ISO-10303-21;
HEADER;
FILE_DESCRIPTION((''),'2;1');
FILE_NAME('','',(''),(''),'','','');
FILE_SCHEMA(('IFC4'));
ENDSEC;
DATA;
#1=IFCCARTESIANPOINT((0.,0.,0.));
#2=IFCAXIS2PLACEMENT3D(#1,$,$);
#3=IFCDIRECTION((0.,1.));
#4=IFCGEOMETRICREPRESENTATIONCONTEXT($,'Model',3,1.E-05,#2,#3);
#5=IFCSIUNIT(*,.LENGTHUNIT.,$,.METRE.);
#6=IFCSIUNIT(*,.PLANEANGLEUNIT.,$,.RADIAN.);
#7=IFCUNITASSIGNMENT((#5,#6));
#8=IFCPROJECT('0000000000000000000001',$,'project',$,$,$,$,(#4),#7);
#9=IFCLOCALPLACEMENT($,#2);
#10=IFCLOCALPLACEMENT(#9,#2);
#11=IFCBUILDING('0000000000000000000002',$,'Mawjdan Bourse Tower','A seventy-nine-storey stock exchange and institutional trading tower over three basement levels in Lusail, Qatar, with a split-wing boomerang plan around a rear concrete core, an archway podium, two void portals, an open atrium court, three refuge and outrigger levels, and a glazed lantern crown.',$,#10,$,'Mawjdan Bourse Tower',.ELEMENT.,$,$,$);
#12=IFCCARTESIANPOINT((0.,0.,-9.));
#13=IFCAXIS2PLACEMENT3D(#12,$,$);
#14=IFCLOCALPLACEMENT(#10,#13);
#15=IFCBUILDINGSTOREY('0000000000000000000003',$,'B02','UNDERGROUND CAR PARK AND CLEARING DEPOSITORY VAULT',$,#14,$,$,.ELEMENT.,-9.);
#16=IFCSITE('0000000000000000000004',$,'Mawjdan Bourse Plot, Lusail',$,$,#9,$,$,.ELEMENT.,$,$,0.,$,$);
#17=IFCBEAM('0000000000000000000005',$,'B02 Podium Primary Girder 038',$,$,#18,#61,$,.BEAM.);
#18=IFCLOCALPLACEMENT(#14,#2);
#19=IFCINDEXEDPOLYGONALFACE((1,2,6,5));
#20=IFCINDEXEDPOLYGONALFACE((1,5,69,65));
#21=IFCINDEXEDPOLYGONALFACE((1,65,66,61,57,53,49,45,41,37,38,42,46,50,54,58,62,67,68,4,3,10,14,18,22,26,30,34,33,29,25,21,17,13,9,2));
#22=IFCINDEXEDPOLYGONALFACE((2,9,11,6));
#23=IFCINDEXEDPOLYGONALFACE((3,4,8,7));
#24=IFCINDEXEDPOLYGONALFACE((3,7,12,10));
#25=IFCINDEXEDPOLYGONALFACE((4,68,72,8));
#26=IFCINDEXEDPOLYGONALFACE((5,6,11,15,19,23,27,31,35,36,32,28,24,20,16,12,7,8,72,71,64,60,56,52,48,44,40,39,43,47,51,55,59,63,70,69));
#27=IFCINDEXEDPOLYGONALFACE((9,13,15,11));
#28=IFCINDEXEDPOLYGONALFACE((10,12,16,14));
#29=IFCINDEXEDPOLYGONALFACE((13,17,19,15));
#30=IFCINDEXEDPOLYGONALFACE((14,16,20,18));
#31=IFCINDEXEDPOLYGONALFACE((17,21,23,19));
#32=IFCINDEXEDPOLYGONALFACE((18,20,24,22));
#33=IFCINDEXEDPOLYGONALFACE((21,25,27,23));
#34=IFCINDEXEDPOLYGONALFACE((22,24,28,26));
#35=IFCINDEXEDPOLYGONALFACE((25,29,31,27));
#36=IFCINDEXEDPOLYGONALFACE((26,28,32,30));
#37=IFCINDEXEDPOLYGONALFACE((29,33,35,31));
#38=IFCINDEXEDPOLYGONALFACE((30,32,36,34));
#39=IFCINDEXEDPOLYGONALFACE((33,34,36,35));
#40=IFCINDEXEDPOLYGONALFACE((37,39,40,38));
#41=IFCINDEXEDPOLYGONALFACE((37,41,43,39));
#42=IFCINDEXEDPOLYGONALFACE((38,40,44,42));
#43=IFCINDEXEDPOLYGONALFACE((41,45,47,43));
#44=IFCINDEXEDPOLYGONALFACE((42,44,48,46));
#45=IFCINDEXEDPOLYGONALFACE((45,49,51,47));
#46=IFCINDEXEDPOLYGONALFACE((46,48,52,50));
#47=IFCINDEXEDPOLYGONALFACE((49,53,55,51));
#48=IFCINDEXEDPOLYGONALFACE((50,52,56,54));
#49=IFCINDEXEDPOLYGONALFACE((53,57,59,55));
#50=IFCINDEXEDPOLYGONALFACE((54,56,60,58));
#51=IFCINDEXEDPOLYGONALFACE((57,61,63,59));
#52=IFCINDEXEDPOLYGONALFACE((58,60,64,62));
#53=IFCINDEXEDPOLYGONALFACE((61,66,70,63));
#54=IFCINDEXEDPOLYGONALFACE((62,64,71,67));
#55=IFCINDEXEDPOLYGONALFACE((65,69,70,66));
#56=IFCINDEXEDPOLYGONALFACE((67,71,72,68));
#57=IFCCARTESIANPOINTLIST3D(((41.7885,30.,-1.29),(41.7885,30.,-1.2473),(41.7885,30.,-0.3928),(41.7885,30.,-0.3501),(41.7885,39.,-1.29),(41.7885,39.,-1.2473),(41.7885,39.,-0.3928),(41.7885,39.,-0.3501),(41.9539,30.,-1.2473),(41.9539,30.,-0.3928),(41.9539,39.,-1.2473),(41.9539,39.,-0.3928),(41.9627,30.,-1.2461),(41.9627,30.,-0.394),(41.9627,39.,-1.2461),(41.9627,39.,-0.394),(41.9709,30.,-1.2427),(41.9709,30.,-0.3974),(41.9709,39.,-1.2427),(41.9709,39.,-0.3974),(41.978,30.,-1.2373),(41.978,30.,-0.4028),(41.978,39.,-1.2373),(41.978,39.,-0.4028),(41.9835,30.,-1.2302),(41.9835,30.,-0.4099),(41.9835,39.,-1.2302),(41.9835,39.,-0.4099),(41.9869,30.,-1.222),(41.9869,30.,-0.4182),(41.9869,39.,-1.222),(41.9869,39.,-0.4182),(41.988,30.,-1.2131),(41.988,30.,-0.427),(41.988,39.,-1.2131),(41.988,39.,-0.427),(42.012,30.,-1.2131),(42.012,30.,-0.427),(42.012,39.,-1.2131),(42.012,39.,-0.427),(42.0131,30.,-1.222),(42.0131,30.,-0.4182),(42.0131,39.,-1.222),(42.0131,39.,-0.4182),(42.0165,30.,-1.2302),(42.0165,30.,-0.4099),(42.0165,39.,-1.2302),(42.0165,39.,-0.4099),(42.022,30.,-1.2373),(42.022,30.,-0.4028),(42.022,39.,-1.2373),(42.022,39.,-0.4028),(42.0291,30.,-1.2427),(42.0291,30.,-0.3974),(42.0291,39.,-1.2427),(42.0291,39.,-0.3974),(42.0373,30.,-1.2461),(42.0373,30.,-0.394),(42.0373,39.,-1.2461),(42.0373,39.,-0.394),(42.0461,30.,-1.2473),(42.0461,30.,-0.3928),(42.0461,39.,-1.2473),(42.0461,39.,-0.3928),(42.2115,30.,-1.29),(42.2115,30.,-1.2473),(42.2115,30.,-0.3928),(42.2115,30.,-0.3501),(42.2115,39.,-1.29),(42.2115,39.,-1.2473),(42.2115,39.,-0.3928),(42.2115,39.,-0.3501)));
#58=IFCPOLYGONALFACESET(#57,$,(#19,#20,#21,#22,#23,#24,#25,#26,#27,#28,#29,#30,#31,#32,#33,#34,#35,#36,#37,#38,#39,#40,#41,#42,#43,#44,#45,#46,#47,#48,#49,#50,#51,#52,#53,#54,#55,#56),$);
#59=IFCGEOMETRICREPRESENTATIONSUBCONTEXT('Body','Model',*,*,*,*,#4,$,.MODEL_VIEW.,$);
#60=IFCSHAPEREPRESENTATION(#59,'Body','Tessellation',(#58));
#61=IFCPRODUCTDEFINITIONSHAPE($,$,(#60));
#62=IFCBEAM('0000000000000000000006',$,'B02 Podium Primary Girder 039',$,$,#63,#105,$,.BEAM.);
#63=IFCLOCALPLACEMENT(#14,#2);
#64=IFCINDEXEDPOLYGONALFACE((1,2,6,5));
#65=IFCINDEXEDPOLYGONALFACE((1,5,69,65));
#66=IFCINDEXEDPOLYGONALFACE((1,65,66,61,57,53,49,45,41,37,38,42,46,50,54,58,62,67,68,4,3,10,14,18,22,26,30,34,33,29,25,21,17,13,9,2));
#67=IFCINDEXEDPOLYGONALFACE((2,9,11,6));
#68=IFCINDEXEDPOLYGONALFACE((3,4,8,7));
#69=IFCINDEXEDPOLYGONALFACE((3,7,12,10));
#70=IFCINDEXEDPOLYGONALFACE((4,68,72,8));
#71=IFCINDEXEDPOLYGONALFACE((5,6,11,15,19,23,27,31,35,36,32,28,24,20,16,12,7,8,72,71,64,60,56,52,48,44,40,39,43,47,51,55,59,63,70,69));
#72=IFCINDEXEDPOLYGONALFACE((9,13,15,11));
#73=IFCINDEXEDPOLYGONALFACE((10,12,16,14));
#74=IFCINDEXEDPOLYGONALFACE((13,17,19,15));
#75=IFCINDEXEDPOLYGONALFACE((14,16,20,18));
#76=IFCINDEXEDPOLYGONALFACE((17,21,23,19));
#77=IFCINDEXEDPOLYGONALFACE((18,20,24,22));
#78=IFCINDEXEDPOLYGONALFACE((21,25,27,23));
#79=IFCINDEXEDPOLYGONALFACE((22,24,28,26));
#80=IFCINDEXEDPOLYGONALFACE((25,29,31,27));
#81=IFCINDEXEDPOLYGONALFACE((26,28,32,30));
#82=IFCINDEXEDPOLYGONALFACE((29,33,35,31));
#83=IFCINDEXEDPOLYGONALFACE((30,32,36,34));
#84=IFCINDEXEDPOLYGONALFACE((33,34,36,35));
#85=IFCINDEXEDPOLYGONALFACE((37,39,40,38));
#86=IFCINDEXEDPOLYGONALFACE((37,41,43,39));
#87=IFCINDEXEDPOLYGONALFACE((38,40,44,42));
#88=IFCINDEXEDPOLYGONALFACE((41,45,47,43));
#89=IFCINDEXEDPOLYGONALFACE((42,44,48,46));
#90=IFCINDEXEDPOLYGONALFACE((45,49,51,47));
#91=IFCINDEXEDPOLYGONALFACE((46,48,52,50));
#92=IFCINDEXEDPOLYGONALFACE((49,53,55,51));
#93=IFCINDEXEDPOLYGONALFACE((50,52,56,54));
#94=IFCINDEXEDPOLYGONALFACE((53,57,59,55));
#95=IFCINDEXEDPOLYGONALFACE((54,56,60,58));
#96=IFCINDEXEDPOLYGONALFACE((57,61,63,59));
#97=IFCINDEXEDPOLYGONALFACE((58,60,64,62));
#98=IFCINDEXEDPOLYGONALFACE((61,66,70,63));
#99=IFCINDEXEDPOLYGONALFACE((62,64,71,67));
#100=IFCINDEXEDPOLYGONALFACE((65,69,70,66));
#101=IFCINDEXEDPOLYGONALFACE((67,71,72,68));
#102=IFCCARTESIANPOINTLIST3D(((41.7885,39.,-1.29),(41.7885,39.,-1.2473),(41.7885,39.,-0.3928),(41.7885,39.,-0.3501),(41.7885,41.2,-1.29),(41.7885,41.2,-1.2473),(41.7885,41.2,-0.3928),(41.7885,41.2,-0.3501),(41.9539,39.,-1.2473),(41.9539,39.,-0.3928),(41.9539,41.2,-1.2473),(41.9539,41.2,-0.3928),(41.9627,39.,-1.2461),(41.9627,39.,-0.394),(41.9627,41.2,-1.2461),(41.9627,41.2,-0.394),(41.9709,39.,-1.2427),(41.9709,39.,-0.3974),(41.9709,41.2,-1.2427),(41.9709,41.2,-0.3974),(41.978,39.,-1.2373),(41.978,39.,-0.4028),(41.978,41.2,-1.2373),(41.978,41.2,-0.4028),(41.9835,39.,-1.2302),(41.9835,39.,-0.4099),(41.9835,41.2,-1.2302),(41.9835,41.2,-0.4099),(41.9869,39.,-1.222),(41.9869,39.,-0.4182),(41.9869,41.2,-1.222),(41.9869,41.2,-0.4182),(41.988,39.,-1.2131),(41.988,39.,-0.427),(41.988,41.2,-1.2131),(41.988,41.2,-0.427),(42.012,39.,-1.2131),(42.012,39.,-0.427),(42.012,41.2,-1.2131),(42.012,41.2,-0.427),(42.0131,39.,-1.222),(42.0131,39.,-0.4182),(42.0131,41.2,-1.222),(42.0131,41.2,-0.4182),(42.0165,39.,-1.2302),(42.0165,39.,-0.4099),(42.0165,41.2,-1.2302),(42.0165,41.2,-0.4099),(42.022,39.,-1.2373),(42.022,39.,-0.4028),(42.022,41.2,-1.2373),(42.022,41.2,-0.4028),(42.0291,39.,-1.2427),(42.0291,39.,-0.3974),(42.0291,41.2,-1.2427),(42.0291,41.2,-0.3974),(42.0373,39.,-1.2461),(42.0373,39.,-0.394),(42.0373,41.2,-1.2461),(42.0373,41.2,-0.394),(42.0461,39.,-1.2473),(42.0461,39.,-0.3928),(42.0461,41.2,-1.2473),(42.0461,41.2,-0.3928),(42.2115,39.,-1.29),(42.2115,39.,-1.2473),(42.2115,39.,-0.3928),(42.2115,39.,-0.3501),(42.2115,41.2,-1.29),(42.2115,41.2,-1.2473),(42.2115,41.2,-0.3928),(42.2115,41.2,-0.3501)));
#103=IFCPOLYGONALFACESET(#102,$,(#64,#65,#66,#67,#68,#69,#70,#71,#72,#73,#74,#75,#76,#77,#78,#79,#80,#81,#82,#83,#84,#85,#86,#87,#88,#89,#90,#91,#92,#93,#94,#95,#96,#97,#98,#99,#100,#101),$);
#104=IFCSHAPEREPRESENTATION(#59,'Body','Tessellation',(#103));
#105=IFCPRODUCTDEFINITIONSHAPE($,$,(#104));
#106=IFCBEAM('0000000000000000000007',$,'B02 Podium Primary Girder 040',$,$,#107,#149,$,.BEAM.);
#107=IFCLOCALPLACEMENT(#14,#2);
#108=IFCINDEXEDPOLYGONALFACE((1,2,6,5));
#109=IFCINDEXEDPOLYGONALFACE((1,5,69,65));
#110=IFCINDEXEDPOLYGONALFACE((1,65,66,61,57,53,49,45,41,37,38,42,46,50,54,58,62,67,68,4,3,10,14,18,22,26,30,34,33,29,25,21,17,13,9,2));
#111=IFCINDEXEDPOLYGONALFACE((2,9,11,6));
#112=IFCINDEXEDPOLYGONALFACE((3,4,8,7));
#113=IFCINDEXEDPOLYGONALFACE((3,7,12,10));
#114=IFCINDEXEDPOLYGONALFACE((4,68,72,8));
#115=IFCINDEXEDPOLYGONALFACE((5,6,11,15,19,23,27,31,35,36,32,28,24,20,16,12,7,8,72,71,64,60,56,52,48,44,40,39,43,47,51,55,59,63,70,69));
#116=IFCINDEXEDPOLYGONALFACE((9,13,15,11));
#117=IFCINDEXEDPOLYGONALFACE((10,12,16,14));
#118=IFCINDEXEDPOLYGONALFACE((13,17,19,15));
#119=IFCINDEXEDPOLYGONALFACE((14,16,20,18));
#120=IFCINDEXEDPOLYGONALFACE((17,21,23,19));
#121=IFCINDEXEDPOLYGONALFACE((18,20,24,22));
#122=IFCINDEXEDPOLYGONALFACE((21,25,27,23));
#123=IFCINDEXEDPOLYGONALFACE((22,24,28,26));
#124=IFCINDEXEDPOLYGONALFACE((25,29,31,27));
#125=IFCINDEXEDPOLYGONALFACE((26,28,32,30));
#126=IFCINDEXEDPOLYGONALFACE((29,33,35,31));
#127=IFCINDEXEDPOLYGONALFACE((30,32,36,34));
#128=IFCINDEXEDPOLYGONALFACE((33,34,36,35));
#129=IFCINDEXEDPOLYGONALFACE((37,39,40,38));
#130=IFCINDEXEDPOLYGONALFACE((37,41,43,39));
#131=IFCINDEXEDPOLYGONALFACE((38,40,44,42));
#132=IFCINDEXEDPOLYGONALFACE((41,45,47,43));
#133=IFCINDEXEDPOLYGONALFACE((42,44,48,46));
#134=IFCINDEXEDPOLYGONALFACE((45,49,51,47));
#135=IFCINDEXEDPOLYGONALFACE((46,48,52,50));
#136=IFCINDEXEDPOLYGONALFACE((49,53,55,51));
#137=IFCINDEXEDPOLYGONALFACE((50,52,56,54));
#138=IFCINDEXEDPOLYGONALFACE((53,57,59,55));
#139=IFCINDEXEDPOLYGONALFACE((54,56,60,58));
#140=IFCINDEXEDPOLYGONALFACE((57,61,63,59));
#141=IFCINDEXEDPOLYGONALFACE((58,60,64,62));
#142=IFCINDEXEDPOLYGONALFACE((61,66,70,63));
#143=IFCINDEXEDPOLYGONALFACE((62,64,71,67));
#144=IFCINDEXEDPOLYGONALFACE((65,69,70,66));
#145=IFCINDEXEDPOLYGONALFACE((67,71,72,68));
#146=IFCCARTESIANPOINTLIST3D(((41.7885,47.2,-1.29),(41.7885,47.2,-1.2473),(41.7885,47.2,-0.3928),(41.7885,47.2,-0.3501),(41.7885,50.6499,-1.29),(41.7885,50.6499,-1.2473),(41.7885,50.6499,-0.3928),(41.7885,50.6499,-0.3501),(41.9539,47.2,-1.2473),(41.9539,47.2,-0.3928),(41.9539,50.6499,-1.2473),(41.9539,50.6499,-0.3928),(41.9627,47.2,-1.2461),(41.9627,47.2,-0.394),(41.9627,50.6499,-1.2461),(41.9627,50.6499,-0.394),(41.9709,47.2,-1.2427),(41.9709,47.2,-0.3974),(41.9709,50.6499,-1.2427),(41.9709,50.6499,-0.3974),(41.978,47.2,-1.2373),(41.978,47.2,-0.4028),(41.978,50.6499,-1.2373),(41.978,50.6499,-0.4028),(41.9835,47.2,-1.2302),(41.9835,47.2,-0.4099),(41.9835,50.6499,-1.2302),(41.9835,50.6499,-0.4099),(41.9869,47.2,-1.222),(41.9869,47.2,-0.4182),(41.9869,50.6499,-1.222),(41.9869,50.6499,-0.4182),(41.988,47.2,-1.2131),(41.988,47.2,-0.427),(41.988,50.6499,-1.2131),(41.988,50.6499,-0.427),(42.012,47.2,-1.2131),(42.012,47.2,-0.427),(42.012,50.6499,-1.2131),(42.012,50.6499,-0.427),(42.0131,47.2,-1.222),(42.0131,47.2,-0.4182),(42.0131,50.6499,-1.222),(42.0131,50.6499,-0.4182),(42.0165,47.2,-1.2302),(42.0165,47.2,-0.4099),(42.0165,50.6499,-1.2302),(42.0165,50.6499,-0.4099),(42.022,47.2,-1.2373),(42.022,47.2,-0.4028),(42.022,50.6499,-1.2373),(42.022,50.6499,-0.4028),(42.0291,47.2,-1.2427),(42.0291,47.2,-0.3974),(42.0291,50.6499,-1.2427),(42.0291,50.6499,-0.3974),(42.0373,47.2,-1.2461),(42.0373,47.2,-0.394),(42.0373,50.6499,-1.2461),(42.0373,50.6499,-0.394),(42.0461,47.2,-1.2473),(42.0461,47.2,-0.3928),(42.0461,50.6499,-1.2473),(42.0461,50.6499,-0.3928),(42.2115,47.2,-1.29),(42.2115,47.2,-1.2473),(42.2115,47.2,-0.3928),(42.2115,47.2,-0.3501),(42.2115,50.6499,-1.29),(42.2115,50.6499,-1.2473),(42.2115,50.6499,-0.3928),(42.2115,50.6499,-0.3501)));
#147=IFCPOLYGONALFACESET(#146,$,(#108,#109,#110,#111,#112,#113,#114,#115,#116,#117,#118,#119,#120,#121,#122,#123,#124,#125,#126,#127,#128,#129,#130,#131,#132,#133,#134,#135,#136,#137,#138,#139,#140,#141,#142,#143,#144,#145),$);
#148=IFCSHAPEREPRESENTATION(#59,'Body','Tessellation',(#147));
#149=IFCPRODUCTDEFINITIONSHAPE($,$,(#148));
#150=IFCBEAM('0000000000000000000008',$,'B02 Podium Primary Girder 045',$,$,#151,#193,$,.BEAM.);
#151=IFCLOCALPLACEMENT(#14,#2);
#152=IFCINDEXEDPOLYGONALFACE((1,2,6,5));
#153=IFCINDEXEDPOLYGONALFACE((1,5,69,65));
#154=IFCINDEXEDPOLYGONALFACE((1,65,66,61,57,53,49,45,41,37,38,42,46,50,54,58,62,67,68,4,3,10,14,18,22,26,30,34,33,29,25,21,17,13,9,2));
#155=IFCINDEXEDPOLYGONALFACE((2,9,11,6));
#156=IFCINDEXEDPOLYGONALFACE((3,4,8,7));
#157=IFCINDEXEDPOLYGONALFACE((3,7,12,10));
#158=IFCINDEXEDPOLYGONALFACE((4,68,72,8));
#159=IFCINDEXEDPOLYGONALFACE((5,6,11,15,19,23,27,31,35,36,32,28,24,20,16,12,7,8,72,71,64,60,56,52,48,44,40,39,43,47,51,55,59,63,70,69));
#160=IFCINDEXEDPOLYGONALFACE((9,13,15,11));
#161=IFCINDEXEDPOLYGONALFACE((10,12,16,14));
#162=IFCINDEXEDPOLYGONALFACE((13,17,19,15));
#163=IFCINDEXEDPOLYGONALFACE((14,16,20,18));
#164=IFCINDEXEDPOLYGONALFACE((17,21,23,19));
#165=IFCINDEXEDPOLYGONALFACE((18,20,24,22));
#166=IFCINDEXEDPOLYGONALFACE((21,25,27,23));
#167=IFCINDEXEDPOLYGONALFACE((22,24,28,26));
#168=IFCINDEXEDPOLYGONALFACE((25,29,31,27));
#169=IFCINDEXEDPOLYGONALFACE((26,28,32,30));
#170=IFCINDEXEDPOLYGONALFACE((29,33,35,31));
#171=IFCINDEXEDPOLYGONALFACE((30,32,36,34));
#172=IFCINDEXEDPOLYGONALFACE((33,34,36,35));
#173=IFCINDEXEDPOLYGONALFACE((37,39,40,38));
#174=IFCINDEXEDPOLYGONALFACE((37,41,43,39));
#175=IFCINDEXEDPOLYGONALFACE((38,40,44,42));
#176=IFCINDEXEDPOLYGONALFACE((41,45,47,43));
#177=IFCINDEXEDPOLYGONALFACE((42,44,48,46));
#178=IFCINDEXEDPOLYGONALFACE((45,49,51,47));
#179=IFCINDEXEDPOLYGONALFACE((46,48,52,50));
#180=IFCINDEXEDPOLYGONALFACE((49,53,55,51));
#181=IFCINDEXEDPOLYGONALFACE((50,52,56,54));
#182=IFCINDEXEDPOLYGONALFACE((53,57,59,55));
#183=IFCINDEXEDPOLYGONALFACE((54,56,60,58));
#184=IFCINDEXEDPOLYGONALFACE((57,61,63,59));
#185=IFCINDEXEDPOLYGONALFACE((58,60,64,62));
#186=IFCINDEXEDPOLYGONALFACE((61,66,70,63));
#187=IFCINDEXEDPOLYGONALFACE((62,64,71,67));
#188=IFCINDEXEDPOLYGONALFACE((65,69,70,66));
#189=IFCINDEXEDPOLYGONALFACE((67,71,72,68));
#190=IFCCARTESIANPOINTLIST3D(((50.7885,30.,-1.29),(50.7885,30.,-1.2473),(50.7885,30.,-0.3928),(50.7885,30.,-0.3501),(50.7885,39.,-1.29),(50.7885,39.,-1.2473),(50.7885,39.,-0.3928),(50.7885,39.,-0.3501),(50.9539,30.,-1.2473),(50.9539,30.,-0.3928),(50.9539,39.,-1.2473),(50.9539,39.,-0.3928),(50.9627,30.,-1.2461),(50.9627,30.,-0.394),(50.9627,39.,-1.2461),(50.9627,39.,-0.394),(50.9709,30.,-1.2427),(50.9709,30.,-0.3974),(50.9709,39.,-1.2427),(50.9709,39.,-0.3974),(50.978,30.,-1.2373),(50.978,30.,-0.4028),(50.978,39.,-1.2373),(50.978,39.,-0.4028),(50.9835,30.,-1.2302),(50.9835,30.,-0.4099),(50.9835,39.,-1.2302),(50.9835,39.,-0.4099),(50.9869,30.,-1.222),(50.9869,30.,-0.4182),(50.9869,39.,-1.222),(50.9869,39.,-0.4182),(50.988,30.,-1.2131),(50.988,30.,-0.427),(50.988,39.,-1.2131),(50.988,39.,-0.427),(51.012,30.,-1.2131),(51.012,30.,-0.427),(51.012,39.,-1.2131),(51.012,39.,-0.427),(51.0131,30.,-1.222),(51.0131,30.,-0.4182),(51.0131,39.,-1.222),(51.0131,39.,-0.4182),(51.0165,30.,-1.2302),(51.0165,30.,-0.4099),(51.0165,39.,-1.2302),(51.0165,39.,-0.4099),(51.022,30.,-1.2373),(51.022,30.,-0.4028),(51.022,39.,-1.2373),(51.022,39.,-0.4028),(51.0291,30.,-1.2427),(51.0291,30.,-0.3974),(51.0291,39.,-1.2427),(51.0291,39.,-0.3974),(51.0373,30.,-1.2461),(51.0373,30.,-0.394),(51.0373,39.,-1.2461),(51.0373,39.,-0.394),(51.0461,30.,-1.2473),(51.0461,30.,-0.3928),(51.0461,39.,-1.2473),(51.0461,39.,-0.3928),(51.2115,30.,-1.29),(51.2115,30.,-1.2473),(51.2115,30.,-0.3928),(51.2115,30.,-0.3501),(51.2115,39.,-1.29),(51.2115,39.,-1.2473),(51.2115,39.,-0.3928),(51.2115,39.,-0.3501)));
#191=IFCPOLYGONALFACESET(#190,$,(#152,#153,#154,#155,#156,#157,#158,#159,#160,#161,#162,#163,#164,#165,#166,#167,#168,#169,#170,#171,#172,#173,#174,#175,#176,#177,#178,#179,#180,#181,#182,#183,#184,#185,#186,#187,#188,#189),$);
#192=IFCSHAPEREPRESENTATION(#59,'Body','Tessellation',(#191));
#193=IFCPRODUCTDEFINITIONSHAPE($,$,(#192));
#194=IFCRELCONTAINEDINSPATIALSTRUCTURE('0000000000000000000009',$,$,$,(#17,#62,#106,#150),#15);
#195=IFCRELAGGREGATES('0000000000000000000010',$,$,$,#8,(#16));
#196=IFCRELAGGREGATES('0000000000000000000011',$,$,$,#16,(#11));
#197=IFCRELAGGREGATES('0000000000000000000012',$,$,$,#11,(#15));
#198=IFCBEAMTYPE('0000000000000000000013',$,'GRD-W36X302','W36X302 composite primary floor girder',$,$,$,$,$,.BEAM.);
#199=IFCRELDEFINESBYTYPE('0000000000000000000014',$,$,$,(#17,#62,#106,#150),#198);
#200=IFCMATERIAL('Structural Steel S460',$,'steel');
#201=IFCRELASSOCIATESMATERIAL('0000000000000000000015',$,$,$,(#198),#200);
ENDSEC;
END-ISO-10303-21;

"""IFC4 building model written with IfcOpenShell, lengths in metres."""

from ifc_helpers import new_model, si_unit, direction, frame, origin, origin_2d, place, context, subcontext, project, spatial, i_section, extrude, material, material_profile, profile_set, type_object, element, save


model = new_model("IFC4")

# Units and contexts
model_context = context("Model", 3, precision=1e-05, world=origin(), true_north=direction((0.0, 1.0)))
body_context = subcontext(model_context, "Body", "Model", "MODEL_VIEW")
ifc_project = project(units=[si_unit("LENGTHUNIT", "METRE"), si_unit("PLANEANGLEUNIT", "RADIAN")], contexts=[model_context])

# Site, building, storey
site_placement = place(None, origin())
site = spatial("IfcSite", under=ifc_project, at=site_placement, Name="Mawjdan Bourse Plot, Lusail", CompositionType="ELEMENT", RefElevation=0.0)
building_placement = place(site_placement, origin())
building = spatial("IfcBuilding", under=site, at=building_placement, Name="Mawjdan Bourse Tower", Description="A seventy-nine-storey stock exchange and institutional trading tower over three basement levels in Lusail, Qatar, with a split-wing boomerang plan around a rear concrete core, an archway podium, two void portals, an open atrium court, three refuge and outrigger levels, and a glazed lantern crown.", LongName="Mawjdan Bourse Tower", CompositionType="ELEMENT")
storey_placement = place(building_placement, frame((0.0, 0.0, -9.0)))
storey = spatial("IfcBuildingStorey", under=building, at=storey_placement, Name="B02", Description="UNDERGROUND CAR PARK AND CLEARING DEPOSITORY VAULT", CompositionType="ELEMENT", Elevation=-9.0)

# Beams
ifc_material_1 = material(Name="Structural Steel S460", Category="steel")
ifc_material_profile_1 = material_profile(ifc_material_1, i_section(OverallWidth=0.4231, OverallDepth=0.9399, WebThickness=0.0239, FlangeThickness=0.0427, FilletRadius=0.0342, at=origin_2d()), Name="W36X302")
ifc_profile_set_1 = profile_set([ifc_material_profile_1], Name="Structural Steel S460")
beam_type_1 = type_object("IfcBeamType", Name="GRD-W36X302", Description="W36X302 composite primary floor girder", PredefinedType="BEAM", material=ifc_profile_set_1)
beam_1_placement = place(storey_placement, frame((42.0, 30.0, -0.8201), z_axis=(0.0, 1.0, 0.0), x_axis=(-1.0, 0.0, 0.0)))
element("IfcBeam", 1, at=beam_1_placement, inside=storey, type_object=beam_type_1, Name="B02 Podium Primary Girder 038", PredefinedType="BEAM", context=body_context, shape_type="SweptSolid", body=[
    extrude(i_section(OverallWidth=0.4231, OverallDepth=0.9399, WebThickness=0.0239, FlangeThickness=0.0427, FilletRadius=0.0342, at=origin_2d()), origin(), (0.0, 0.0, 1.0), 9.0),
])
beam_2_placement = place(storey_placement, frame((42.0, 39.0, -0.8201), z_axis=(0.0, 1.0, 0.0), x_axis=(-1.0, 0.0, 0.0)))
element("IfcBeam", 2, at=beam_2_placement, inside=storey, type_object=beam_type_1, Name="B02 Podium Primary Girder 039", PredefinedType="BEAM", context=body_context, shape_type="SweptSolid", body=[
    extrude(i_section(OverallWidth=0.4231, OverallDepth=0.9399, WebThickness=0.0239, FlangeThickness=0.0427, FilletRadius=0.0342, at=origin_2d()), origin(), (0.0, 0.0, 1.0), 2.2),
])
beam_3_placement = place(storey_placement, frame((42.0, 47.2, -0.8201), z_axis=(0.0, 1.0, 0.0), x_axis=(-1.0, 0.0, 0.0)))
element("IfcBeam", 3, at=beam_3_placement, inside=storey, type_object=beam_type_1, Name="B02 Podium Primary Girder 040", PredefinedType="BEAM", context=body_context, shape_type="SweptSolid", body=[
    extrude(i_section(OverallWidth=0.4231, OverallDepth=0.9399, WebThickness=0.0239, FlangeThickness=0.0427, FilletRadius=0.0342, at=origin_2d()), origin(), (0.0, 0.0, 1.0), 3.45),
])
for number, where, z_axis, x_axis, name in (
    (4, (51.0, 30.0, -0.8201), (0.0, 1.0, 0.0), (-1.0, 0.0, 0.0), "B02 Podium Primary Girder 045"),
):
    element("IfcBeam", number, at=place(storey_placement, frame(where, z_axis=z_axis, x_axis=x_axis)), inside=storey, type_object=beam_type_1, Name=name, PredefinedType="BEAM", context=body_context, shape_type="SweptSolid", body=[
        extrude(i_section(OverallWidth=0.4231, OverallDepth=0.9399, WebThickness=0.0239, FlangeThickness=0.0427, FilletRadius=0.0342, at=origin_2d()), origin(), (0.0, 0.0, 1.0), 9.0),
    ])

save(model, "model.ifc")
